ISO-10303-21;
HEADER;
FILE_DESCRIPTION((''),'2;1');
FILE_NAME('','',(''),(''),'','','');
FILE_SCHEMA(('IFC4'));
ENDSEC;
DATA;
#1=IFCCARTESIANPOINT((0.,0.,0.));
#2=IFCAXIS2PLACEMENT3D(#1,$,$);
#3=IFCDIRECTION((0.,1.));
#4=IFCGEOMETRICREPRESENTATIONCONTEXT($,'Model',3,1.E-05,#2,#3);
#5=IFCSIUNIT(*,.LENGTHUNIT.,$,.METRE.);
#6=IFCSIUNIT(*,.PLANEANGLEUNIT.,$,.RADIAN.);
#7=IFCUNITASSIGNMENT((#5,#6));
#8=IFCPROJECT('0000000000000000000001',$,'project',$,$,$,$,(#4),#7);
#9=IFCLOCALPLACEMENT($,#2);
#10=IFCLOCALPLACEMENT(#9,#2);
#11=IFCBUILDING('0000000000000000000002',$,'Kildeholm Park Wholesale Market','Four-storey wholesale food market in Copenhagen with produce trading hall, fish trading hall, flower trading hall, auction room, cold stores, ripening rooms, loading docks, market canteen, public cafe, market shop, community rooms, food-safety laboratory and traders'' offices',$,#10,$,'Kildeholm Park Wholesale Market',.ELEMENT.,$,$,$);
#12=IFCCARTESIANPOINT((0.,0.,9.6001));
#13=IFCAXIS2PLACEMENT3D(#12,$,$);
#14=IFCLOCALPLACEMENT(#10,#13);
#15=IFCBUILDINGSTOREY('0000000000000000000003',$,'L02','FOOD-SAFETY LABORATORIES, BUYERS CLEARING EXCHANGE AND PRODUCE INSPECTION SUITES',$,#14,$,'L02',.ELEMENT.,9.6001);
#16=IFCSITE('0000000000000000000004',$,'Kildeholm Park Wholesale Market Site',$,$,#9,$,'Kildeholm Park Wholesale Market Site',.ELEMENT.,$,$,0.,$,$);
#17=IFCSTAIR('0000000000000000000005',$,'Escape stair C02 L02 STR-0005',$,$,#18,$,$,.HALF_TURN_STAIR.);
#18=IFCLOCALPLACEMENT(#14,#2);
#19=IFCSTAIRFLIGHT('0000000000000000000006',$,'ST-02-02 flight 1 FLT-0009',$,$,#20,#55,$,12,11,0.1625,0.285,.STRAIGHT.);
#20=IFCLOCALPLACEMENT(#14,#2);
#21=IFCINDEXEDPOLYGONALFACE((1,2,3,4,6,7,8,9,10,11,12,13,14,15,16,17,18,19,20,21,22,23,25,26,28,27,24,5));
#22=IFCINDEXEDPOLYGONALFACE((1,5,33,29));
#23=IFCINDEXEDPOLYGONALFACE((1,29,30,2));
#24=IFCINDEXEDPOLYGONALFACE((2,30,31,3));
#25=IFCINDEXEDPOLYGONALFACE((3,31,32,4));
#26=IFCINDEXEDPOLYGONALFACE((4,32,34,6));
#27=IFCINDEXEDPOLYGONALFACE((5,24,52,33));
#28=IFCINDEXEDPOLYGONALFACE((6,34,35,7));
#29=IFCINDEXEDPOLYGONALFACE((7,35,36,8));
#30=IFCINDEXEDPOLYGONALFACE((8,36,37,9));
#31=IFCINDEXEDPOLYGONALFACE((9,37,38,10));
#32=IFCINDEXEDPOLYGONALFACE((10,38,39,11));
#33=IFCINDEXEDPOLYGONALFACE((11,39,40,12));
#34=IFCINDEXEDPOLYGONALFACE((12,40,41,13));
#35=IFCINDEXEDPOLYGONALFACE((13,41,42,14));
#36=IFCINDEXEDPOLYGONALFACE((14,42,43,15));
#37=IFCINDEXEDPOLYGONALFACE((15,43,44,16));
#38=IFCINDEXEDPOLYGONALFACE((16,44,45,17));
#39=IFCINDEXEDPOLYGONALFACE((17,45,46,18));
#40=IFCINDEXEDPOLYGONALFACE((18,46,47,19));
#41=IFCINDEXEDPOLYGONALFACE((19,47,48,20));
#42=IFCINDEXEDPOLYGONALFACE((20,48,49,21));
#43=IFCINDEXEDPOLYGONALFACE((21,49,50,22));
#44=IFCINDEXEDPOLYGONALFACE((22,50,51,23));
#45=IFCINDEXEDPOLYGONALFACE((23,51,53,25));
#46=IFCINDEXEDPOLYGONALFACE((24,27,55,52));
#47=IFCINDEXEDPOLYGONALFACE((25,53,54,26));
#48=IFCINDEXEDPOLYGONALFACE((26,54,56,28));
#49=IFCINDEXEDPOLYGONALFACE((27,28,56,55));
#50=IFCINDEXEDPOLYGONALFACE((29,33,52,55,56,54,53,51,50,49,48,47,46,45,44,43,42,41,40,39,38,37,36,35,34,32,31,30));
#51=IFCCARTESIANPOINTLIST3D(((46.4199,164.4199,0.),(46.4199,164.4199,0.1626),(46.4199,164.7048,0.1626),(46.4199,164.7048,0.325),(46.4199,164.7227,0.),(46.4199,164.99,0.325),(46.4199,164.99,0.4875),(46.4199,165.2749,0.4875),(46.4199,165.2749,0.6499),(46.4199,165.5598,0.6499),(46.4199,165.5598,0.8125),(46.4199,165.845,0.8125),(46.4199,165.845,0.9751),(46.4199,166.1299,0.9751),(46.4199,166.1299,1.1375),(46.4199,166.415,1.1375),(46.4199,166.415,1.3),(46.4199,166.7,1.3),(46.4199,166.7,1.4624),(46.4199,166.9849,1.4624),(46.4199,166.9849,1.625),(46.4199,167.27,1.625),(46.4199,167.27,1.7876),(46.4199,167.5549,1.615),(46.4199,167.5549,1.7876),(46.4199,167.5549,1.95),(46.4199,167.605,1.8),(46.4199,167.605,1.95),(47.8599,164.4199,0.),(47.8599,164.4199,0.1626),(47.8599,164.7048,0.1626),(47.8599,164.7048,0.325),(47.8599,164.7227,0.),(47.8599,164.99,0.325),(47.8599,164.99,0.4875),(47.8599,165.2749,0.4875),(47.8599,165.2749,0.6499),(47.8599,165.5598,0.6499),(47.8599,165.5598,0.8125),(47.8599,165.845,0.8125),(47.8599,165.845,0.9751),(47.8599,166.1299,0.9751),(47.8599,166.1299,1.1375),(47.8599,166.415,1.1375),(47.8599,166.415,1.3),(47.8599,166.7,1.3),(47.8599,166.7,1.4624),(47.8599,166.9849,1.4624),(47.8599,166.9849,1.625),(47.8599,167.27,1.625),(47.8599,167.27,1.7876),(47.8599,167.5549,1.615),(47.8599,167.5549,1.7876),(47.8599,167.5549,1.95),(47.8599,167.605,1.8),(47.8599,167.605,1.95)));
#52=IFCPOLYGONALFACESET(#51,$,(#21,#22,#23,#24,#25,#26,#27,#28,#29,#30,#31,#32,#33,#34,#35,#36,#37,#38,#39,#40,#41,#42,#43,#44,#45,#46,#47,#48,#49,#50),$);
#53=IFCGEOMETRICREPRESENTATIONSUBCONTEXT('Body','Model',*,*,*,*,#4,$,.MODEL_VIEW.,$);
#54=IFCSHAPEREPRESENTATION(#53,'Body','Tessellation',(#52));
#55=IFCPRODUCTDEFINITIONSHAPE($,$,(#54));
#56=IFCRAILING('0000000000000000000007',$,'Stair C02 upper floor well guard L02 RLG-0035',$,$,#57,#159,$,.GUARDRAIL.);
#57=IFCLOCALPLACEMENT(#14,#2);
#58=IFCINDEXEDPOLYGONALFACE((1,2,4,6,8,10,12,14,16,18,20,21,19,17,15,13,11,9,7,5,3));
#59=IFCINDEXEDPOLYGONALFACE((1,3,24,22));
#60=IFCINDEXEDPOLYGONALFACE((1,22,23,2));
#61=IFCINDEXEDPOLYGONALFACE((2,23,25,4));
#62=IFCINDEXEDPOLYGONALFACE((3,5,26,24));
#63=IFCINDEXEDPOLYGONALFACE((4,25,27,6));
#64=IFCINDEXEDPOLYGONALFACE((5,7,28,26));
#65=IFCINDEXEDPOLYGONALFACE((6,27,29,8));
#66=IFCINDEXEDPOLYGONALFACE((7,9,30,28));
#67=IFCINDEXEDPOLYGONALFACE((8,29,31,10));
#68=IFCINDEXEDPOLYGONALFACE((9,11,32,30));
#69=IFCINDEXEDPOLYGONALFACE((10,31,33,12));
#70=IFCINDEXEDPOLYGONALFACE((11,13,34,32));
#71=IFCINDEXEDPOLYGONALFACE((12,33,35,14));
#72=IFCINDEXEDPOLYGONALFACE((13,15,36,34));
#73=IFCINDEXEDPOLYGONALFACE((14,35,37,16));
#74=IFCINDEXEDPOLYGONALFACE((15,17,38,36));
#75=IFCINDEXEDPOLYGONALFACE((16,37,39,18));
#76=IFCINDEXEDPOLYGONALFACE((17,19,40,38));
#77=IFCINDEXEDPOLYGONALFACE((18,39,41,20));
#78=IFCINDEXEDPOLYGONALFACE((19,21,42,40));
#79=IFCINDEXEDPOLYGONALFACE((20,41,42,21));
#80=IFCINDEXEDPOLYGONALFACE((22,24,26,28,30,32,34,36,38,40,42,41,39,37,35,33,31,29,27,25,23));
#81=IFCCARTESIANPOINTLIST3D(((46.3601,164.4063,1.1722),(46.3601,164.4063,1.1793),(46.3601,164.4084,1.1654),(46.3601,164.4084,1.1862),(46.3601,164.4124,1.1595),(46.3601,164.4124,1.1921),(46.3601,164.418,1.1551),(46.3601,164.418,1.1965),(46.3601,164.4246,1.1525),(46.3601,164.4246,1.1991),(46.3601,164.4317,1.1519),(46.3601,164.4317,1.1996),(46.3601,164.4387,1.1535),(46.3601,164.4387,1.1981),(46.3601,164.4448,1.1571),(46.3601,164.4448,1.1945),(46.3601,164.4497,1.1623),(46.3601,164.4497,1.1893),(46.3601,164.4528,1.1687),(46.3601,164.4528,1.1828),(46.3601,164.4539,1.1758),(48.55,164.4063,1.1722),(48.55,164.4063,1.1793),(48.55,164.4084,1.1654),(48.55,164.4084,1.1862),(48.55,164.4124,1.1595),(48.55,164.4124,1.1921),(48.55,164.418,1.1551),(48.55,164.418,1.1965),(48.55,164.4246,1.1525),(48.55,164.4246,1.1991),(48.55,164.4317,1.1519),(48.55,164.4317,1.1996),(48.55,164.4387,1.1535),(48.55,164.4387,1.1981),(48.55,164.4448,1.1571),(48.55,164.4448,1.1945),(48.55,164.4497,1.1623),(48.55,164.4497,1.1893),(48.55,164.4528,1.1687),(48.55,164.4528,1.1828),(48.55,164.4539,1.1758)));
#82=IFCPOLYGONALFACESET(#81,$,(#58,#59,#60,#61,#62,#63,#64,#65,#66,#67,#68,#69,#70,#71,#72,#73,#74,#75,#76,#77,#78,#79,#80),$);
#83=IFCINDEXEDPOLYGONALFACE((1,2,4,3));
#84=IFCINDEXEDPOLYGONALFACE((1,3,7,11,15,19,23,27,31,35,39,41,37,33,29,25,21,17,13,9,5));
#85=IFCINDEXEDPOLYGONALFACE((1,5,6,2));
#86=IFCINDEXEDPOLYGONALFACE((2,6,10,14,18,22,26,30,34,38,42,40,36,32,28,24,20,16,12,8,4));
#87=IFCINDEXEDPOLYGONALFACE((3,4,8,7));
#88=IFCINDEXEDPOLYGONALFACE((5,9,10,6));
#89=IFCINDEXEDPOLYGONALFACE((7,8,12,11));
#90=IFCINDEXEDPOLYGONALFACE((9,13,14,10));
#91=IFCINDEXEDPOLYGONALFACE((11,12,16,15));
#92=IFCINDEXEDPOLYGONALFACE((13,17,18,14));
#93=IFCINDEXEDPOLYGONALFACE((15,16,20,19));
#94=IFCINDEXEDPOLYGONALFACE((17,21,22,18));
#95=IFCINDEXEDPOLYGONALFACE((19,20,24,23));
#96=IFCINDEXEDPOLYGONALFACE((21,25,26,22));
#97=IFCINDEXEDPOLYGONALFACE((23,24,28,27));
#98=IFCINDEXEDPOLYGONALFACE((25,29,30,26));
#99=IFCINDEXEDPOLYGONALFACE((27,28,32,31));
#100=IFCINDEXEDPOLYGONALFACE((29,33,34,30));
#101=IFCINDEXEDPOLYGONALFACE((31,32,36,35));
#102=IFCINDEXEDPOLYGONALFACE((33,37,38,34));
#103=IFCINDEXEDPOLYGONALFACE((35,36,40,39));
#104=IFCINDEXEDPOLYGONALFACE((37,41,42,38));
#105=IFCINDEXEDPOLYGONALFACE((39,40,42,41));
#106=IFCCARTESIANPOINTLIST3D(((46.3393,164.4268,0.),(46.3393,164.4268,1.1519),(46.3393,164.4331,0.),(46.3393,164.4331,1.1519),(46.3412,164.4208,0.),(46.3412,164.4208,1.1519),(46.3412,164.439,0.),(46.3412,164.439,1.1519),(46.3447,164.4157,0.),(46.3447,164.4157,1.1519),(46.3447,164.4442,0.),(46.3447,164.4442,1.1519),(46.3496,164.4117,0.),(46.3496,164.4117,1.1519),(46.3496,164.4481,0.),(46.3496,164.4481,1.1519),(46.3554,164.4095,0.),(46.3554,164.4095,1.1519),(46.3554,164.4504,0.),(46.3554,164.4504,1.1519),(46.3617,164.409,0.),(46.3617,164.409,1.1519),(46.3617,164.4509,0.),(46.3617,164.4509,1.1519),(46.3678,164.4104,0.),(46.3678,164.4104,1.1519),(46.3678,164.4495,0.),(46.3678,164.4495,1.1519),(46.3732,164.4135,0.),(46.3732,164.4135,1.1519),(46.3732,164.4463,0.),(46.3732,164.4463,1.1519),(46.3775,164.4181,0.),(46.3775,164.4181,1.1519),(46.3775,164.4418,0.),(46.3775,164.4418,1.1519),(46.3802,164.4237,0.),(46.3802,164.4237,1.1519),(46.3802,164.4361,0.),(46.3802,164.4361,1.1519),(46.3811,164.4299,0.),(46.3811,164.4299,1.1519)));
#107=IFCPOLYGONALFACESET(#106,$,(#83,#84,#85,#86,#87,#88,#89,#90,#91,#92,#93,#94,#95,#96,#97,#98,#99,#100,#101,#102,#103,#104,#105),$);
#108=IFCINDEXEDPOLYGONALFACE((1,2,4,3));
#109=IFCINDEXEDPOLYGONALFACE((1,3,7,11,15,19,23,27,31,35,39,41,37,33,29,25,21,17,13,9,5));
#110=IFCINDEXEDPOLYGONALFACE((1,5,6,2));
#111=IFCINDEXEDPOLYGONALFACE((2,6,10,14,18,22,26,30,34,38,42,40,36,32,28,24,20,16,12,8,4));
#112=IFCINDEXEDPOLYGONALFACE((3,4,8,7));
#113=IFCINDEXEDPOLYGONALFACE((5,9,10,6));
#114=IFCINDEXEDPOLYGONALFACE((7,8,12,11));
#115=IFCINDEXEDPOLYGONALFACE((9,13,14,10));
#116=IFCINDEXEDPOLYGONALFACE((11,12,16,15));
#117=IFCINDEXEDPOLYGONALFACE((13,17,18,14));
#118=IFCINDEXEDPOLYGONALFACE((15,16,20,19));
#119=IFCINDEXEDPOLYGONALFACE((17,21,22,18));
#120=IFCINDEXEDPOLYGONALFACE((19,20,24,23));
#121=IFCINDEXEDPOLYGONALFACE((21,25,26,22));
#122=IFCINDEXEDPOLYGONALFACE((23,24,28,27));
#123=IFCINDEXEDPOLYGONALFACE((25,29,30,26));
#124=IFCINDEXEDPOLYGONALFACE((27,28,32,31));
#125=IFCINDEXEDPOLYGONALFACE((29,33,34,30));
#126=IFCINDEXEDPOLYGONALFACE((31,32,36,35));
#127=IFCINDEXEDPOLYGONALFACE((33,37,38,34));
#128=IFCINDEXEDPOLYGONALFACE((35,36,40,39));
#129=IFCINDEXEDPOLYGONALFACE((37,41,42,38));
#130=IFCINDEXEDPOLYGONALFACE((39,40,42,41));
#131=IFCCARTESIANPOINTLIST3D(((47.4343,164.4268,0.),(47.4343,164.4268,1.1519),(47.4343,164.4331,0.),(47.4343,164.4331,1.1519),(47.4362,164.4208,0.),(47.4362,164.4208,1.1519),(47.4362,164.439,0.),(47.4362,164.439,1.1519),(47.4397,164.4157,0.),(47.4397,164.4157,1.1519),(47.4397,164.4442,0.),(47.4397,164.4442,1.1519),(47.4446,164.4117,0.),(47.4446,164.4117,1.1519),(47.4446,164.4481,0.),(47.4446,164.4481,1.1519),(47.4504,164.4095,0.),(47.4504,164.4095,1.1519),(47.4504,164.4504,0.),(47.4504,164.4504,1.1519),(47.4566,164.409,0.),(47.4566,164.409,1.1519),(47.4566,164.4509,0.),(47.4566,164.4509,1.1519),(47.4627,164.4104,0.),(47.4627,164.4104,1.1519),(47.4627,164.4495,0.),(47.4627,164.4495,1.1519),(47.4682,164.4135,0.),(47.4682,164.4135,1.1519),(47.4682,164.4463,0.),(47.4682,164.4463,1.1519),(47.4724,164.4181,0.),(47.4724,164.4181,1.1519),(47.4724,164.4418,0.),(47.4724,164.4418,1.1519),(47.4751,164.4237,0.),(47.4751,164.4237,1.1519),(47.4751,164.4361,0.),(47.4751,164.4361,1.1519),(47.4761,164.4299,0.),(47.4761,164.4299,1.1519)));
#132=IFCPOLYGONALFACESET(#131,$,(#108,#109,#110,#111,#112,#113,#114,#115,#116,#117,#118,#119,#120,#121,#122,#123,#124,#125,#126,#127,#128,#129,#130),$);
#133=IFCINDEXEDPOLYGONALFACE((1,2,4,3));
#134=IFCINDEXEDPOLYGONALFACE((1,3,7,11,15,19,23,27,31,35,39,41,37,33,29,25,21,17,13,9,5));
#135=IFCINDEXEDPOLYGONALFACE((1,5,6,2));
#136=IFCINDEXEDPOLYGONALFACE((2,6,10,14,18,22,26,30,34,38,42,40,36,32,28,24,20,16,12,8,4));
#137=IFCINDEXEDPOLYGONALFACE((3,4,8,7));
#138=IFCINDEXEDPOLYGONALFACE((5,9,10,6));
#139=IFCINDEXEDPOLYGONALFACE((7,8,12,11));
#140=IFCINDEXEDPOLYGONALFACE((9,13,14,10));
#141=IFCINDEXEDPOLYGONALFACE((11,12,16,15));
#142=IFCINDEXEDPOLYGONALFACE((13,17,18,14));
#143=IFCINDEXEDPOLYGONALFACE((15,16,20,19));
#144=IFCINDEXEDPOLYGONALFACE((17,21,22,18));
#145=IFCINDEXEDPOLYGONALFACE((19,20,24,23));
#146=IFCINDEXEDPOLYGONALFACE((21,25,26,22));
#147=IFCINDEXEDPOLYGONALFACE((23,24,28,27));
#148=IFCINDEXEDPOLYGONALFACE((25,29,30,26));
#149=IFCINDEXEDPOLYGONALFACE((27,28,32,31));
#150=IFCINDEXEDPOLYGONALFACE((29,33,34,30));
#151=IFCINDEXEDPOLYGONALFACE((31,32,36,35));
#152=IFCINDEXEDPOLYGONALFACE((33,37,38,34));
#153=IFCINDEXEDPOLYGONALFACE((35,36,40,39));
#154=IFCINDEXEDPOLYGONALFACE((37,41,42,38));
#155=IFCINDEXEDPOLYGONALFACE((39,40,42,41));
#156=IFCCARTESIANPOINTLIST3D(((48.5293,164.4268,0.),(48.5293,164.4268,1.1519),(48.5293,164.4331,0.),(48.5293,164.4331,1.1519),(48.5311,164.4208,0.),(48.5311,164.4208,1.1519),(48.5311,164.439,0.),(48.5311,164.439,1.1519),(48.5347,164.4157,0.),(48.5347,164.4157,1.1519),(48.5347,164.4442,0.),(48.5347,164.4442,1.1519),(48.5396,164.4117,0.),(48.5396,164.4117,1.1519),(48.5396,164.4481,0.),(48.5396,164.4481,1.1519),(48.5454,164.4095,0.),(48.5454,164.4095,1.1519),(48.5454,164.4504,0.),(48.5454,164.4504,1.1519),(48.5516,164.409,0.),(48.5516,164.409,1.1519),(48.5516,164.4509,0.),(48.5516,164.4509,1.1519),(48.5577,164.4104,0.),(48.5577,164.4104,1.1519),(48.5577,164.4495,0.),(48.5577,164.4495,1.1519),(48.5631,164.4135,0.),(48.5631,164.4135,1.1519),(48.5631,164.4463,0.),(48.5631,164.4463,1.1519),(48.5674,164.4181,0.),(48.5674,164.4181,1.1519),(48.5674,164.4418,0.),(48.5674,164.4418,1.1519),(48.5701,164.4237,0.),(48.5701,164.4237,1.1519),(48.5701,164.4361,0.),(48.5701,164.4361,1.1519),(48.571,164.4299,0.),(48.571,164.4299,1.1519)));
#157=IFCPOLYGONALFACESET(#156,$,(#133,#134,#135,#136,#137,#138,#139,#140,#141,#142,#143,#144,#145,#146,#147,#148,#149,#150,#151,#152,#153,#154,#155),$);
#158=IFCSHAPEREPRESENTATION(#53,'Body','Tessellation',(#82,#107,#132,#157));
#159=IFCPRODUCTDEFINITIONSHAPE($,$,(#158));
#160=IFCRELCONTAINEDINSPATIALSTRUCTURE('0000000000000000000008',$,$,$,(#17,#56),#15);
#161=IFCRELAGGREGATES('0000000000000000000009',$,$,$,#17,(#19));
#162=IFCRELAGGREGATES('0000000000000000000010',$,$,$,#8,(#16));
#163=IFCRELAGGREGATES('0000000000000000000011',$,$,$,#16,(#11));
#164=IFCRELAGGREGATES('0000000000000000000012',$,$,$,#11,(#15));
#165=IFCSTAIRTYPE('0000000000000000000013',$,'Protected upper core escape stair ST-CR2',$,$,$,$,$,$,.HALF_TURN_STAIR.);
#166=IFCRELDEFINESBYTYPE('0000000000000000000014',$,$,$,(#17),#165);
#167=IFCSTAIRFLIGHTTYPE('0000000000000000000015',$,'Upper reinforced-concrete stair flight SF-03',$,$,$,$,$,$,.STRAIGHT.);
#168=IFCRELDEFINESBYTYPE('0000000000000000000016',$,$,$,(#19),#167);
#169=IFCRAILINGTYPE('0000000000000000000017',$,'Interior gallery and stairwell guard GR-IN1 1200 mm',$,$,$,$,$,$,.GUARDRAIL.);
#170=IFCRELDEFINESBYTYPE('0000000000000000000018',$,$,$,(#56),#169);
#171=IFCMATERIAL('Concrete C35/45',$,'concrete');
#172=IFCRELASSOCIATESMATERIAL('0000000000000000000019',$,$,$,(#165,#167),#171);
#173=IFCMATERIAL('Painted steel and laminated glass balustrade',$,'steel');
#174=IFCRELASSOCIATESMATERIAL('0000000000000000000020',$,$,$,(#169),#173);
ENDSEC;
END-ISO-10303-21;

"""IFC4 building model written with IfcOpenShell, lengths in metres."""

from ifc_helpers import new_model, si_unit, direction, frame, origin, origin_2d, place, context, subcontext, project, spatial, polyline, circle, outline, extrude, material, type_object, element, aggregate, save


model = new_model("IFC4")

# Units and contexts
model_context = context("Model", 3, precision=1e-05, world=origin(), true_north=direction((0.0, 1.0)))
body_context = subcontext(model_context, "Body", "Model", "MODEL_VIEW")
ifc_project = project(units=[si_unit("LENGTHUNIT", "METRE"), si_unit("PLANEANGLEUNIT", "RADIAN")], contexts=[model_context])

# Site, building, storey
site_placement = place(None, origin())
site = spatial("IfcSite", under=ifc_project, at=site_placement, Name="Kildeholm Park Wholesale Market Site", LongName="Kildeholm Park Wholesale Market Site", CompositionType="ELEMENT", RefElevation=0.0)
building_placement = place(site_placement, origin())
building = spatial("IfcBuilding", under=site, at=building_placement, Name="Kildeholm Park Wholesale Market", Description="Four-storey wholesale food market in Copenhagen with produce trading hall, fish trading hall, flower trading hall, auction room, cold stores, ripening rooms, loading docks, market canteen, public cafe, market shop, community rooms, food-safety laboratory and traders' offices", LongName="Kildeholm Park Wholesale Market", CompositionType="ELEMENT")
storey_placement = place(building_placement, frame((0.0, 0.0, 9.6001)))
storey = spatial("IfcBuildingStorey", under=building, at=storey_placement, Name="L02", Description="FOOD-SAFETY LABORATORIES, BUYERS CLEARING EXCHANGE AND PRODUCE INSPECTION SUITES", LongName="L02", CompositionType="ELEMENT", Elevation=9.6001)

# Stair, stair flight
ifc_material_1 = material(Name="Concrete C35/45", Category="concrete")
stair_type = type_object("IfcStairType", Name="Protected upper core escape stair ST-CR2", PredefinedType="HALF_TURN_STAIR", material=ifc_material_1)
stair_placement = place(storey_placement, origin())
stair = element("IfcStair", 1, at=stair_placement, inside=storey, type_object=stair_type, Name="Escape stair C02 L02 STR-0005", PredefinedType="HALF_TURN_STAIR")
stair_flight_type = type_object("IfcStairFlightType", Name="Upper reinforced-concrete stair flight SF-03", PredefinedType="STRAIGHT", material=ifc_material_1)
stair_flight_placement = place(storey_placement, frame((47.1399, 164.4199, 0.0), z_axis=(0.0, 0.0, 1.0), x_axis=(0.0, 1.0, 0.0)))
stair_flight = element("IfcStairFlight", 2, at=stair_flight_placement, type_object=stair_flight_type, Name="ST-02-02 flight 1 FLT-0009", NumberOfRisers=12, NumberOfTreads=11, PredefinedType="STRAIGHT", RiserHeight=0.1625, TreadLength=0.285, context=body_context, shape_type="SweptSolid", body=[
    extrude(outline(polyline([(0.0, 0.0), (0.0, 0.1626), (0.2849, 0.1626), (0.2849, 0.325), (0.5701, 0.325), (0.5701, 0.4875), (0.855, 0.4875), (0.855, 0.6499), (1.1399, 0.6499), (1.1399, 0.8125), (1.425, 0.8125), (1.425, 0.9751), (1.71, 0.9751), (1.71, 1.1375), (1.9951, 1.1375), (1.9951, 1.3), (2.28, 1.3), (2.28, 1.4624), (2.5649, 1.4624), (2.5649, 1.625), (2.8501, 1.625), (2.8501, 1.7876), (3.135, 1.7876), (3.135, 1.95), (3.1851, 1.95), (3.1851, 1.8), (3.135, 1.615), (0.3027, 0.0), (0.0, 0.0)])), frame((0.0, 0.72, 0.0), z_axis=(0.0, -1.0, 0.0), x_axis=(1.0, 0.0, 0.0)), (0.0, 0.0, 1.0), 1.4399),
])
aggregate(stair, [stair_flight])

# Railing
ifc_material_2 = material(Name="Painted steel and laminated glass balustrade", Category="steel")
railing_type_1 = type_object("IfcRailingType", Name="Interior gallery and stairwell guard GR-IN1 1200 mm", PredefinedType="GUARDRAIL", material=ifc_material_2)
railing_1_placement = place(storey_placement, frame((46.3601, 164.4299, 0.0)))
element("IfcRailing", 3, at=railing_1_placement, inside=storey, type_object=railing_type_1, Name="Stair C02 upper floor well guard L02 RLG-0035", PredefinedType="GUARDRAIL", context=body_context, shape_type="SweptSolid", body=[
    extrude(circle(Radius=0.0239, at=origin_2d()), frame((0.0, 0.0, 1.1758), z_axis=(1.0, 0.0, 0.0), x_axis=(0.0, 1.0, 0.0)), (0.0, 0.0, 1.0), 2.1899),
    extrude(circle(Radius=0.021, at=origin_2d()), origin(), (0.0, 0.0, 1.0), 1.1519),
    extrude(circle(Radius=0.021, at=origin_2d()), frame((1.095, 0.0, 0.0)), (0.0, 0.0, 1.0), 1.1519),
    extrude(circle(Radius=0.021, at=origin_2d()), frame((2.1899, 0.0, 0.0)), (0.0, 0.0, 1.0), 1.1519),
])

save(model, "model.ifc")
